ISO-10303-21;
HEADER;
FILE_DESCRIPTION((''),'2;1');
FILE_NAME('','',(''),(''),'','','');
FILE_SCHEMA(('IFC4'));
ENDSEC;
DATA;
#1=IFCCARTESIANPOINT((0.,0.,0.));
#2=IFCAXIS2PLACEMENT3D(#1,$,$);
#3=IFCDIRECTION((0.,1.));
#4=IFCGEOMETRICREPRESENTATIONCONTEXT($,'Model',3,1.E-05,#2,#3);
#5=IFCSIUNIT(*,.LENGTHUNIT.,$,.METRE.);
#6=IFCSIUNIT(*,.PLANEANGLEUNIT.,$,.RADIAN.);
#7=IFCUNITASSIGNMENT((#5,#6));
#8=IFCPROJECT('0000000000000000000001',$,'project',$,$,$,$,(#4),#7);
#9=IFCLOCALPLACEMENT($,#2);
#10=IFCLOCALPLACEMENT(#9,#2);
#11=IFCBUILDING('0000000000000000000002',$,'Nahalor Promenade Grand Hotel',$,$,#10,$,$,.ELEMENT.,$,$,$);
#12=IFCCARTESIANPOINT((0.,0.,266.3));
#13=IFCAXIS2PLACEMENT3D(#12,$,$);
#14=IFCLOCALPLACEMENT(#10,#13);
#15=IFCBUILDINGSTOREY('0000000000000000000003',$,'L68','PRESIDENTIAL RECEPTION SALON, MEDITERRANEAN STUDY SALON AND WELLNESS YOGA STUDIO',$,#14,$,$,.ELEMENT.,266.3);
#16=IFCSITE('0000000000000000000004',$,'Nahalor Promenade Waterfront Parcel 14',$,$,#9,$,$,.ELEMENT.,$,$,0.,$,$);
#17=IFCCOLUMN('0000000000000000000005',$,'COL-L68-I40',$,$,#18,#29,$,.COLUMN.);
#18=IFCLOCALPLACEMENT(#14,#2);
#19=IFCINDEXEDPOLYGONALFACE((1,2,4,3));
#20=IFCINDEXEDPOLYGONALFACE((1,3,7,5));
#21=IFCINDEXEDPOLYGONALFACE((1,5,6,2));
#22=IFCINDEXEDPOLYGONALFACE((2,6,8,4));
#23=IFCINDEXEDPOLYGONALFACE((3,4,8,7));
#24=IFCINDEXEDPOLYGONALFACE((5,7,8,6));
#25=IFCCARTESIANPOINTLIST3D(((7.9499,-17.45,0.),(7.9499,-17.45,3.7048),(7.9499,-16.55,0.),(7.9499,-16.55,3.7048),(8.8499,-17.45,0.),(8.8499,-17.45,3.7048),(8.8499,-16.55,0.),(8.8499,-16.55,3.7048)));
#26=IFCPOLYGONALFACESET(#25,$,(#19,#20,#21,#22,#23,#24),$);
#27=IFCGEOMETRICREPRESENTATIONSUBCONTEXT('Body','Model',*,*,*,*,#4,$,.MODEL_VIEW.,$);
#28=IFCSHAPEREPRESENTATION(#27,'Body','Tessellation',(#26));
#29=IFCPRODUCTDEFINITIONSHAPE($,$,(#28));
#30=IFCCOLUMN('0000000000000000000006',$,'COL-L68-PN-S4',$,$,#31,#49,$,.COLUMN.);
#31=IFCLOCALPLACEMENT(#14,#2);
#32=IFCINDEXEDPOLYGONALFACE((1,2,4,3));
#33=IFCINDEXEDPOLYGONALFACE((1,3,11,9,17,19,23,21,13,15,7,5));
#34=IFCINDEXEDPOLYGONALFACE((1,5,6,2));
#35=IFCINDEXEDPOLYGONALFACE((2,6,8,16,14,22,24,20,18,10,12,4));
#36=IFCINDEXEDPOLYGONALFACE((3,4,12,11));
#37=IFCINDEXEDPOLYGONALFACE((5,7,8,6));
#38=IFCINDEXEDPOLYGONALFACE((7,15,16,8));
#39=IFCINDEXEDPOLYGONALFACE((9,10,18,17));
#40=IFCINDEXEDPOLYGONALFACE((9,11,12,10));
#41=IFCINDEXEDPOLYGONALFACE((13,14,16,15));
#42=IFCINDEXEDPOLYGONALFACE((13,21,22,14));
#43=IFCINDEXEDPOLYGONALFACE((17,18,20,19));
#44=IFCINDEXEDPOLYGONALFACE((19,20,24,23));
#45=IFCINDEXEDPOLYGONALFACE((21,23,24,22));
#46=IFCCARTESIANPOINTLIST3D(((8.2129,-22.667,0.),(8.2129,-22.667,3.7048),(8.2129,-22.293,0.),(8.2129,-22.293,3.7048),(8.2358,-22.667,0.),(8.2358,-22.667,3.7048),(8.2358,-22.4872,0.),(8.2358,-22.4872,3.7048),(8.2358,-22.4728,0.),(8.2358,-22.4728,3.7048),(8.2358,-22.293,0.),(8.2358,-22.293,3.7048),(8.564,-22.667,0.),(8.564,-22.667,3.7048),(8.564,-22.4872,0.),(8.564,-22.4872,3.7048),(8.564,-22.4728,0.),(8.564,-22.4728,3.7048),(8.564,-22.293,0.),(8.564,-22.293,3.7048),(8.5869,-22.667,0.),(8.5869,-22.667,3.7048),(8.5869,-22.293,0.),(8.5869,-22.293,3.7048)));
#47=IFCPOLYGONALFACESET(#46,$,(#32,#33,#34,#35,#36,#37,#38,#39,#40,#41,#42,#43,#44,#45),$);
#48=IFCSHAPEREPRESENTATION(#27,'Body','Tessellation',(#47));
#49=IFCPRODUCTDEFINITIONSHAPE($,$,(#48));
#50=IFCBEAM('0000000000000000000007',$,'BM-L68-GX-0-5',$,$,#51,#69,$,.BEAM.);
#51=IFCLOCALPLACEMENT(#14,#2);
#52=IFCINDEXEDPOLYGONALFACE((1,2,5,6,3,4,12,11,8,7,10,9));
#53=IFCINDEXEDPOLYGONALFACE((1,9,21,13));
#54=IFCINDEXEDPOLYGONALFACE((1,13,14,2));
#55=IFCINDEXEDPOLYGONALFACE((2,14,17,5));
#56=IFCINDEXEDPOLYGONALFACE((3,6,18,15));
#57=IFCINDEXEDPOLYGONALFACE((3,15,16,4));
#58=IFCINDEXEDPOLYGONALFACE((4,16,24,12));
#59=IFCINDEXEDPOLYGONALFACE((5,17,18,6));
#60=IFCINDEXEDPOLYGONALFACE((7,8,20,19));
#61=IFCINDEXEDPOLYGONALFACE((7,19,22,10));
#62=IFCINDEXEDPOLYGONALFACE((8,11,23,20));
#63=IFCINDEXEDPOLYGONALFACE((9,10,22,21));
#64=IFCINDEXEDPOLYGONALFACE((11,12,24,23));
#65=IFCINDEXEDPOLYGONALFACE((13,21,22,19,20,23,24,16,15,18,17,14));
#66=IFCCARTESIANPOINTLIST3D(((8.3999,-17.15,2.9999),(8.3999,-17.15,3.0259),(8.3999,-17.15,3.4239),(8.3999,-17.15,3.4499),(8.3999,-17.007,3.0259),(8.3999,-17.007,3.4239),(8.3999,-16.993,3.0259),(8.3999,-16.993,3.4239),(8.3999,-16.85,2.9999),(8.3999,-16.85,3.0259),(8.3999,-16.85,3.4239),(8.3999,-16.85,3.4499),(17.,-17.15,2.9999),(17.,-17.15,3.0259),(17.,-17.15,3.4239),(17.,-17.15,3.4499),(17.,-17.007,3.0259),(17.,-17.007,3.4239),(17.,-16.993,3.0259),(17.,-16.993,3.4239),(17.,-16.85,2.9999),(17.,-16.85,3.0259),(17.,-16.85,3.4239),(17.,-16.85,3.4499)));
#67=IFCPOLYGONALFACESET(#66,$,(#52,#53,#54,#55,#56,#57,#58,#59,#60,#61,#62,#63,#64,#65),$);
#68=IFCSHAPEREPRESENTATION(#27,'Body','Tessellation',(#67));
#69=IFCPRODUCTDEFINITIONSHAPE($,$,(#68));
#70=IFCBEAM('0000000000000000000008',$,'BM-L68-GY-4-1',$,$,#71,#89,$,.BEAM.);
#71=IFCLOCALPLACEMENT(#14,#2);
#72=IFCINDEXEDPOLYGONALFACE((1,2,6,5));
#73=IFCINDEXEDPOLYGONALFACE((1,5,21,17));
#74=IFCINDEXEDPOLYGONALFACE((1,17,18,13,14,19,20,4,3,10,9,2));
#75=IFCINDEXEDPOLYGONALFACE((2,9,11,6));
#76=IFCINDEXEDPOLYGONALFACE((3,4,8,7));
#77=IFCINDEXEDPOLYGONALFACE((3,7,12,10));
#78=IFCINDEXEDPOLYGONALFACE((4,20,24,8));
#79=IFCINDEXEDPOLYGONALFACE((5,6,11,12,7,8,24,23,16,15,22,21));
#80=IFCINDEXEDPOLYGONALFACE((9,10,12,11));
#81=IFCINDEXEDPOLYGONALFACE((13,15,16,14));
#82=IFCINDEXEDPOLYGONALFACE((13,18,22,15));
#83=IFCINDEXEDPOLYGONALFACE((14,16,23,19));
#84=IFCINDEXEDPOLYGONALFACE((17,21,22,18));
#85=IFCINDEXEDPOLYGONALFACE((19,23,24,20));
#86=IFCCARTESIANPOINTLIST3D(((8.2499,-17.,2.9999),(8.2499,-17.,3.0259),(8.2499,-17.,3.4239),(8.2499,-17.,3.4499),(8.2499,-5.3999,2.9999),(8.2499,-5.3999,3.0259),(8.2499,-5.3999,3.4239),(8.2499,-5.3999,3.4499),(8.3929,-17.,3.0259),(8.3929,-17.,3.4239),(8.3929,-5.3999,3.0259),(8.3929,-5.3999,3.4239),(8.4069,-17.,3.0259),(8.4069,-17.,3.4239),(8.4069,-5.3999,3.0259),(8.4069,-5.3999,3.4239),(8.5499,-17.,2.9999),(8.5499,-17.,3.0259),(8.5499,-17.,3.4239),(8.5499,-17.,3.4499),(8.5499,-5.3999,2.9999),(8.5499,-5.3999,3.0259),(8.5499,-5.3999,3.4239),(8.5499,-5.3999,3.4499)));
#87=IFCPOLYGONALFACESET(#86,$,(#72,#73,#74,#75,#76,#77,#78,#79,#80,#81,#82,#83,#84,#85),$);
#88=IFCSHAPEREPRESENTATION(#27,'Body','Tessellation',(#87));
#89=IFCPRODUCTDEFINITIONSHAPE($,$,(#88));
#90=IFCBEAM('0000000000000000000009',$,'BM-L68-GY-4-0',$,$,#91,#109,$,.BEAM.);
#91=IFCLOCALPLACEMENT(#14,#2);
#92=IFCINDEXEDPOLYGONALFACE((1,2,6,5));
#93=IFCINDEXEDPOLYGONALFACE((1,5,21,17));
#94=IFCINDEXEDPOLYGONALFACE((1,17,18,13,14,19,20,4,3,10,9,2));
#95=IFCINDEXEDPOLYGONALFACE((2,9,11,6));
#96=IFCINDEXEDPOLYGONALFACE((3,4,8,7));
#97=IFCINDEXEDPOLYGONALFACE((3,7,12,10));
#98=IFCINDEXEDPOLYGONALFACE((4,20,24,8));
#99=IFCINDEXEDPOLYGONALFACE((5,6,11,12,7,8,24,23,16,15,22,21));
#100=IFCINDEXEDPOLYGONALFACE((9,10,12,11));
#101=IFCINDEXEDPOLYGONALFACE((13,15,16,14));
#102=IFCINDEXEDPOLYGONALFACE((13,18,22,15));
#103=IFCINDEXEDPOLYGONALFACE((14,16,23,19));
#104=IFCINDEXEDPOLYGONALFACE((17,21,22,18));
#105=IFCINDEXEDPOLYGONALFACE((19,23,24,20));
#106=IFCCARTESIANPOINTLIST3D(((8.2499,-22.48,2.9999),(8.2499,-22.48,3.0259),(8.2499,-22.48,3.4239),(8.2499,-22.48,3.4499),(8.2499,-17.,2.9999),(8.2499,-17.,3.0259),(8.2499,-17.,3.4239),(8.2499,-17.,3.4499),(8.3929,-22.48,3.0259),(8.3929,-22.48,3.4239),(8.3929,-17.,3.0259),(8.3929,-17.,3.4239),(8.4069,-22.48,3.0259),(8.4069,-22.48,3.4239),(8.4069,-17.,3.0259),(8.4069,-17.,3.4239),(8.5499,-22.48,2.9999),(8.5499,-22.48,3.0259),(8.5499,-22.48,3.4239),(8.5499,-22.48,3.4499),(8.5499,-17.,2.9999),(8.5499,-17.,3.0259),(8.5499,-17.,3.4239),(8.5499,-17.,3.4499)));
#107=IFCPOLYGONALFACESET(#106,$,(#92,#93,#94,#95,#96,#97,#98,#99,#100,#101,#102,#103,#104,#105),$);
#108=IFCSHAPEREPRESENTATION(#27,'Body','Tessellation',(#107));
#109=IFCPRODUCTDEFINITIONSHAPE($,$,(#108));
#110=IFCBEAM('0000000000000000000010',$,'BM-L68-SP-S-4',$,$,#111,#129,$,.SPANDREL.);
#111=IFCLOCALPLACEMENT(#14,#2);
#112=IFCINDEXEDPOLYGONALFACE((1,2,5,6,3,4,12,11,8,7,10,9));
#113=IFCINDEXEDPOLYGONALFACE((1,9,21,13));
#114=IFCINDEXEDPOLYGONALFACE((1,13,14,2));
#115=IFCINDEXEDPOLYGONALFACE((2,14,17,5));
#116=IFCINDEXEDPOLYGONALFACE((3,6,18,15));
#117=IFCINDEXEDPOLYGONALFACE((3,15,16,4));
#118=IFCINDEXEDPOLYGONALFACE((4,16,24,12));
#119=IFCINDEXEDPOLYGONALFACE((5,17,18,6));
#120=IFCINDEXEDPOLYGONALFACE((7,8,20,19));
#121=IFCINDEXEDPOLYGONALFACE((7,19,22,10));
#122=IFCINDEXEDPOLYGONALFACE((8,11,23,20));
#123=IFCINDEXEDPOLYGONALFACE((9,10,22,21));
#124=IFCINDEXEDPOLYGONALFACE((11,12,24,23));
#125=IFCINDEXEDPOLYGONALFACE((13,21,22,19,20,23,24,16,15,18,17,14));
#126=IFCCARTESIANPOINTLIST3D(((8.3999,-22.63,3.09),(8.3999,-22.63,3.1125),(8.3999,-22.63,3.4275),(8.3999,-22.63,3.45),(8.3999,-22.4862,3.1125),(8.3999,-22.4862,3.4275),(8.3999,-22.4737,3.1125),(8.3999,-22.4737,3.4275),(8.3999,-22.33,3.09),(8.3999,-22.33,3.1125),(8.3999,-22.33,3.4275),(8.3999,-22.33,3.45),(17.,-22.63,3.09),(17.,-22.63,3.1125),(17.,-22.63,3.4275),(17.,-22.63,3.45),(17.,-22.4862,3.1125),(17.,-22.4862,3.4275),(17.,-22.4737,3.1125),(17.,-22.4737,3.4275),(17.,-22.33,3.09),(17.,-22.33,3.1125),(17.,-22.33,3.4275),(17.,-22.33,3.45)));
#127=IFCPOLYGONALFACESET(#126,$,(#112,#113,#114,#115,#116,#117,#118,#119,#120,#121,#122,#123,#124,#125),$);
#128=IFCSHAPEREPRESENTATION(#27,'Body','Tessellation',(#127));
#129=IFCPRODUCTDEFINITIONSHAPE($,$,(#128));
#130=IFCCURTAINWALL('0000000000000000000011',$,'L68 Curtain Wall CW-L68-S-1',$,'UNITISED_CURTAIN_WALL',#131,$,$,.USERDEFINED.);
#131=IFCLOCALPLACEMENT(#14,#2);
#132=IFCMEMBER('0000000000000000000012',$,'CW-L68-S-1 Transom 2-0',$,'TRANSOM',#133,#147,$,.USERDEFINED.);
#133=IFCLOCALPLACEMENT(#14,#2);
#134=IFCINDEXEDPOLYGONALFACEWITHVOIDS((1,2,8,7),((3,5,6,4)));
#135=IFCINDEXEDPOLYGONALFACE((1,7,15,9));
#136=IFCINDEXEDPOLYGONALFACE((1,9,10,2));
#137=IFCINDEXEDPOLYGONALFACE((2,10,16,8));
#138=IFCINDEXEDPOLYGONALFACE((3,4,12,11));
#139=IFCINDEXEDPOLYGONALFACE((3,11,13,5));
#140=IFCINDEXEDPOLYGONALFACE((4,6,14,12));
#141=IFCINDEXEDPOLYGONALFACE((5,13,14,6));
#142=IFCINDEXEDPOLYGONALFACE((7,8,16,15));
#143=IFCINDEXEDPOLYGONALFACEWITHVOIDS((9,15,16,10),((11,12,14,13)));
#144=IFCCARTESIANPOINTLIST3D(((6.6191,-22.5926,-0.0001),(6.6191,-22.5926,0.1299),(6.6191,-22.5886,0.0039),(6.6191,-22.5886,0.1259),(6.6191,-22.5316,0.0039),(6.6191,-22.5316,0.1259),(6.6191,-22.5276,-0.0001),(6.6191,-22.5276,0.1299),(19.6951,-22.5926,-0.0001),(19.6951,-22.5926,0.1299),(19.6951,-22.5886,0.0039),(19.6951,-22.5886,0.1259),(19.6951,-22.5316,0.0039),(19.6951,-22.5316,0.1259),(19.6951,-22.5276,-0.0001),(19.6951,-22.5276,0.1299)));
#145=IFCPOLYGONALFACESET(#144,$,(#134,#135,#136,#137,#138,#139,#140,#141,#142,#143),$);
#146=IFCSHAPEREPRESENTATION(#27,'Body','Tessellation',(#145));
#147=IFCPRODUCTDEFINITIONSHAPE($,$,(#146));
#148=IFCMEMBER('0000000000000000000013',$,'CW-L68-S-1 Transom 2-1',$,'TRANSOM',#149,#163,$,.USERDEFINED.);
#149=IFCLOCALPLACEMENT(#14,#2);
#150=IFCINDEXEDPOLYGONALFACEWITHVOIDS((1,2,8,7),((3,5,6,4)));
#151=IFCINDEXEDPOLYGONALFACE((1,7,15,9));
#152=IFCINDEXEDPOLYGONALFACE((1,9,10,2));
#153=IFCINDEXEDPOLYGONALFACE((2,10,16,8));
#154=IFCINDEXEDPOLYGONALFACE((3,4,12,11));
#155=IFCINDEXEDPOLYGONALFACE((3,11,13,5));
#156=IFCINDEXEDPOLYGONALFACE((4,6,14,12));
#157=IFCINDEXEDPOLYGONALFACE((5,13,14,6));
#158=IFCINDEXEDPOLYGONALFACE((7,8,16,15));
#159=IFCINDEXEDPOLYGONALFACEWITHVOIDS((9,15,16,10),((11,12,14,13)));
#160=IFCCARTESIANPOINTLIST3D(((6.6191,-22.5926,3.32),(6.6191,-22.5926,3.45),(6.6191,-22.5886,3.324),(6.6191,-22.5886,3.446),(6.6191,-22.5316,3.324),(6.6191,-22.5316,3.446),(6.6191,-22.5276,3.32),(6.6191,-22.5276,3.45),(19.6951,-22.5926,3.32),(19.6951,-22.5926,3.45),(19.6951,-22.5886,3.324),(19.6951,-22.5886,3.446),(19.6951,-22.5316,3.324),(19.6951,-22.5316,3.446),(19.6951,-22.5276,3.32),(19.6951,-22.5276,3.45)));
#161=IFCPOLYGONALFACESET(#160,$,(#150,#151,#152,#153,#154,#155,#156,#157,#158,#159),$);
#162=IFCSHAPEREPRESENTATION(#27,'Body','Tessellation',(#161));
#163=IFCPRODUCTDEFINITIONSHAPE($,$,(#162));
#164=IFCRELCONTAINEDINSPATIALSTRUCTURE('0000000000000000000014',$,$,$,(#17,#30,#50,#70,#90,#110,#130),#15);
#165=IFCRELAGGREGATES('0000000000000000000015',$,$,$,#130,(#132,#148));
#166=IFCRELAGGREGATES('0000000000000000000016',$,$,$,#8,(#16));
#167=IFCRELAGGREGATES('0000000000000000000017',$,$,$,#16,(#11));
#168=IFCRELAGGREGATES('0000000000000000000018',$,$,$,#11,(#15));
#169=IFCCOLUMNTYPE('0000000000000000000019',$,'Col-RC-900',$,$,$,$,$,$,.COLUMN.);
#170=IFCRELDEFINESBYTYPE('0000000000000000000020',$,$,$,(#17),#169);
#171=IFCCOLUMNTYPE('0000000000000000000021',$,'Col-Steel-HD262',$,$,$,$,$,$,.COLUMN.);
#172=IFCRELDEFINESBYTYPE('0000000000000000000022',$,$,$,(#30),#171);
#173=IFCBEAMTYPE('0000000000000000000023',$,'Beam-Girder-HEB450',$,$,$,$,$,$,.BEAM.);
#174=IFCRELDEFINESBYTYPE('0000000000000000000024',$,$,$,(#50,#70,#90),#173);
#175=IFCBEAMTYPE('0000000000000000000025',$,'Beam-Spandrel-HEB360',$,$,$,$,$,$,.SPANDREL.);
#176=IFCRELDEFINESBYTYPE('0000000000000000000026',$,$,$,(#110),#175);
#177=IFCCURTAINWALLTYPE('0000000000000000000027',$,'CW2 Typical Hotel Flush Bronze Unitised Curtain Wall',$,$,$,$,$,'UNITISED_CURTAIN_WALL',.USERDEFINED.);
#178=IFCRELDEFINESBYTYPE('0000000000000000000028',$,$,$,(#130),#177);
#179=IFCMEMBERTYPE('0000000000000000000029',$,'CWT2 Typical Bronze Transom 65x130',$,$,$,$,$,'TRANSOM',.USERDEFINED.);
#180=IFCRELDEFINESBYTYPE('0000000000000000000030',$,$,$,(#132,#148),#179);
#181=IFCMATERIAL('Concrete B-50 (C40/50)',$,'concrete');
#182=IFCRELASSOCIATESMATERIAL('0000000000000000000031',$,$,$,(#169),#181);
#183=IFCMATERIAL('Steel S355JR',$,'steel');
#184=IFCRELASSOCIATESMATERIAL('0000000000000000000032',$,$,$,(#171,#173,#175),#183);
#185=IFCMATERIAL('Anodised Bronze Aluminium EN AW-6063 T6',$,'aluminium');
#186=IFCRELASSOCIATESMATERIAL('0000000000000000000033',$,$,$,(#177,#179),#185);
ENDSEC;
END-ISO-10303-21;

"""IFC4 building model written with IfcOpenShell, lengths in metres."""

from ifc_helpers import new_model, si_unit, direction, frame, origin, origin_2d, place, context, subcontext, project, spatial, rectangle, hollow_rectangle, i_section, extrude, source, transform, mapped, material, material_profile, profile_set, type_object, element, aggregate, save


model = new_model("IFC4")

# Units and contexts
model_context = context("Model", 3, precision=1e-05, world=origin(), true_north=direction((0.0, 1.0)))
body_context = subcontext(model_context, "Body", "Model", "MODEL_VIEW")
ifc_project = project(units=[si_unit("LENGTHUNIT", "METRE"), si_unit("PLANEANGLEUNIT", "RADIAN")], contexts=[model_context])

# Site, building, storey
site_placement = place(None, origin())
site = spatial("IfcSite", under=ifc_project, at=site_placement, Name="Nahalor Promenade Waterfront Parcel 14", CompositionType="ELEMENT", RefElevation=0.0)
building_placement = place(site_placement, origin())
building = spatial("IfcBuilding", under=site, at=building_placement, Name="Nahalor Promenade Grand Hotel", CompositionType="ELEMENT")
storey_placement = place(building_placement, frame((0.0, 0.0, 266.3)))
storey = spatial("IfcBuildingStorey", under=building, at=storey_placement, Name="L68", Description="PRESIDENTIAL RECEPTION SALON, MEDITERRANEAN STUDY SALON AND WELLNESS YOGA STUDIO", CompositionType="ELEMENT", Elevation=266.3)

# Columns
ifc_material_1 = material(Name="Concrete B-50 (C40/50)", Category="concrete")
ifc_material_profile_1 = material_profile(ifc_material_1, rectangle(XDim=0.9, YDim=0.9, at=origin_2d()), Name="RC 900x900")
ifc_profile_set_1 = profile_set([ifc_material_profile_1], Name="Concrete B-50 (C40/50)")
column_type_1 = type_object("IfcColumnType", Name="Col-RC-900", PredefinedType="COLUMN", material=ifc_profile_set_1)
shared_shape_1 = source(origin(), body_context, "Body", "SweptSolid", [
    extrude(rectangle(XDim=0.9, YDim=0.9, at=origin_2d()), origin(), (0.0, 0.0, 1.0), 3.7048),
])
column_1_placement = place(storey_placement, frame((8.3999, -17.0, 0.0), z_axis=(0.0, 0.0, 1.0), x_axis=(1.0, 0.0, 0.0)))
element("IfcColumn", 1, at=column_1_placement, inside=storey, type_object=column_type_1, Name="COL-L68-I40", PredefinedType="COLUMN", context=body_context, shape_type="MappedRepresentation", body=[
    mapped(shared_shape_1, transform((0.0, 0.0, 0.0), scale=1.0)),
])
ifc_material_2 = material(Name="Steel S355JR", Category="steel")
ifc_material_profile_2 = material_profile(ifc_material_2, i_section(OverallWidth=0.374, OverallDepth=0.374, WebThickness=0.0144, FlangeThickness=0.0229, at=origin_2d()), Name="HD 360x262")
ifc_profile_set_2 = profile_set([ifc_material_profile_2], Name="Steel S355JR")
column_type_2 = type_object("IfcColumnType", Name="Col-Steel-HD262", PredefinedType="COLUMN", material=ifc_profile_set_2)
shared_shape_2 = source(origin(), body_context, "Body", "SweptSolid", [
    extrude(i_section(OverallWidth=0.374, OverallDepth=0.374, WebThickness=0.0144, FlangeThickness=0.0229, at=origin_2d()), origin(), (0.0, 0.0, 1.0), 3.7048),
])
column_2_placement = place(storey_placement, frame((8.3999, -22.48, 0.0), z_axis=(0.0, 0.0, 1.0), x_axis=(0.0, 1.0, 0.0)))
element("IfcColumn", 2, at=column_2_placement, inside=storey, type_object=column_type_2, Name="COL-L68-PN-S4", PredefinedType="COLUMN", context=body_context, shape_type="MappedRepresentation", body=[
    mapped(shared_shape_2, transform((0.0, 0.0, 0.0), scale=1.0)),
])

# Beams
ifc_material_profile_3 = material_profile(ifc_material_2, i_section(OverallWidth=0.3, OverallDepth=0.45, WebThickness=0.014, FlangeThickness=0.026, at=origin_2d()), Name="HEB 450")
ifc_profile_set_3 = profile_set([ifc_material_profile_3], Name="Steel S355JR")
beam_type_1 = type_object("IfcBeamType", Name="Beam-Girder-HEB450", PredefinedType="BEAM", material=ifc_profile_set_3)
shared_shape_3 = source(origin(), body_context, "Body", "SweptSolid", [
    extrude(i_section(OverallWidth=0.3, OverallDepth=0.45, WebThickness=0.014, FlangeThickness=0.026, at=origin_2d()), origin(), (0.0, 0.0, 1.0), 8.6001),
])
beam_1_placement = place(storey_placement, frame((8.3999, -17.0, 3.2249), z_axis=(1.0, 0.0, 0.0), x_axis=(0.0, 1.0, 0.0)))
element("IfcBeam", 3, at=beam_1_placement, inside=storey, type_object=beam_type_1, Name="BM-L68-GX-0-5", PredefinedType="BEAM", context=body_context, shape_type="MappedRepresentation", body=[
    mapped(shared_shape_3, transform((0.0, 0.0, 0.0), scale=1.0)),
])
shared_shape_4 = source(origin(), body_context, "Body", "SweptSolid", [
    extrude(i_section(OverallWidth=0.3, OverallDepth=0.45, WebThickness=0.014, FlangeThickness=0.026, at=origin_2d()), origin(), (0.0, 0.0, 1.0), 11.6001),
])
beam_2_placement = place(storey_placement, frame((8.3999, -17.0, 3.2249), z_axis=(0.0, 1.0, 0.0), x_axis=(-1.0, 0.0, 0.0)))
element("IfcBeam", 4, at=beam_2_placement, inside=storey, type_object=beam_type_1, Name="BM-L68-GY-4-1", PredefinedType="BEAM", context=body_context, shape_type="MappedRepresentation", body=[
    mapped(shared_shape_4, transform((0.0, 0.0, 0.0), scale=1.0)),
])
shared_shape_5 = source(origin(), body_context, "Body", "SweptSolid", [
    extrude(i_section(OverallWidth=0.3, OverallDepth=0.45, WebThickness=0.014, FlangeThickness=0.026, at=origin_2d()), origin(), (0.0, 0.0, 1.0), 5.48),
])
beam_3_placement = place(storey_placement, frame((8.3999, -22.48, 3.2249), z_axis=(0.0, 1.0, 0.0), x_axis=(-1.0, 0.0, 0.0)))
element("IfcBeam", 5, at=beam_3_placement, inside=storey, type_object=beam_type_1, Name="BM-L68-GY-4-0", PredefinedType="BEAM", context=body_context, shape_type="MappedRepresentation", body=[
    mapped(shared_shape_5, transform((0.0, 0.0, 0.0), scale=1.0)),
])
ifc_material_profile_4 = material_profile(ifc_material_2, i_section(OverallWidth=0.3, OverallDepth=0.36, WebThickness=0.0125, FlangeThickness=0.0225, at=origin_2d()), Name="HEB 360")
ifc_profile_set_4 = profile_set([ifc_material_profile_4], Name="Steel S355JR")
beam_type_2 = type_object("IfcBeamType", Name="Beam-Spandrel-HEB360", PredefinedType="SPANDREL", material=ifc_profile_set_4)
shared_shape_6 = source(origin(), body_context, "Body", "SweptSolid", [
    extrude(i_section(OverallWidth=0.3, OverallDepth=0.36, WebThickness=0.0125, FlangeThickness=0.0225, at=origin_2d()), origin(), (0.0, 0.0, 1.0), 8.6001),
])
beam_4_placement = place(storey_placement, frame((8.3999, -22.48, 3.27), z_axis=(1.0, 0.0, 0.0), x_axis=(0.0, 1.0, 0.0)))
element("IfcBeam", 6, at=beam_4_placement, inside=storey, type_object=beam_type_2, Name="BM-L68-SP-S-4", PredefinedType="SPANDREL", context=body_context, shape_type="MappedRepresentation", body=[
    mapped(shared_shape_6, transform((0.0, 0.0, 0.0), scale=1.0)),
])

# Curtain wall, members
ifc_material_3 = material(Name="Anodised Bronze Aluminium EN AW-6063 T6", Category="aluminium")
curtain_wall_type = type_object("IfcCurtainWallType", Name="CW2 Typical Hotel Flush Bronze Unitised Curtain Wall", ElementType="UNITISED_CURTAIN_WALL", PredefinedType="USERDEFINED", material=ifc_material_3)
curtain_wall_placement = place(storey_placement, origin())
curtain_wall = element("IfcCurtainWall", 7, at=curtain_wall_placement, inside=storey, type_object=curtain_wall_type, Name="L68 Curtain Wall CW-L68-S-1", ObjectType="UNITISED_CURTAIN_WALL", PredefinedType="USERDEFINED")
ifc_material_profile_5 = material_profile(ifc_material_3, hollow_rectangle(XDim=0.065, YDim=0.13, WallThickness=0.004, at=origin_2d()), Name="CWT 65x130x4")
ifc_profile_set_5 = profile_set([ifc_material_profile_5], Name="Anodised Bronze Aluminium EN AW-6063 T6")
member_type_1 = type_object("IfcMemberType", Name="CWT2 Typical Bronze Transom 65x130", ElementType="TRANSOM", PredefinedType="USERDEFINED", material=ifc_profile_set_5)
shared_shape_7 = source(origin(), body_context, "Body", "SweptSolid", [
    extrude(hollow_rectangle(XDim=0.065, YDim=0.13, WallThickness=0.004, at=origin_2d()), origin(), (0.0, 0.0, 1.0), 13.0759),
])
member_1_placement = place(storey_placement, frame((6.6191, -22.5601, 0.0649), z_axis=(1.0, 0.0, 0.0), x_axis=(0.0, 1.0, 0.0)))
member_1 = element("IfcMember", 8, at=member_1_placement, type_object=member_type_1, Name="CW-L68-S-1 Transom 2-0", ObjectType="TRANSOM", PredefinedType="USERDEFINED", context=body_context, shape_type="MappedRepresentation", body=[
    mapped(shared_shape_7, transform((0.0, 0.0, 0.0), scale=1.0)),
])
member_2_placement = place(storey_placement, frame((6.6191, -22.5601, 3.385), z_axis=(1.0, 0.0, 0.0), x_axis=(0.0, 1.0, 0.0)))
member_2 = element("IfcMember", 9, at=member_2_placement, type_object=member_type_1, Name="CW-L68-S-1 Transom 2-1", ObjectType="TRANSOM", PredefinedType="USERDEFINED", context=body_context, shape_type="MappedRepresentation", body=[
    mapped(shared_shape_7, transform((0.0, 0.0, 0.0), scale=1.0)),
])
aggregate(curtain_wall, [member_1, member_2])

save(model, "model.ifc")
